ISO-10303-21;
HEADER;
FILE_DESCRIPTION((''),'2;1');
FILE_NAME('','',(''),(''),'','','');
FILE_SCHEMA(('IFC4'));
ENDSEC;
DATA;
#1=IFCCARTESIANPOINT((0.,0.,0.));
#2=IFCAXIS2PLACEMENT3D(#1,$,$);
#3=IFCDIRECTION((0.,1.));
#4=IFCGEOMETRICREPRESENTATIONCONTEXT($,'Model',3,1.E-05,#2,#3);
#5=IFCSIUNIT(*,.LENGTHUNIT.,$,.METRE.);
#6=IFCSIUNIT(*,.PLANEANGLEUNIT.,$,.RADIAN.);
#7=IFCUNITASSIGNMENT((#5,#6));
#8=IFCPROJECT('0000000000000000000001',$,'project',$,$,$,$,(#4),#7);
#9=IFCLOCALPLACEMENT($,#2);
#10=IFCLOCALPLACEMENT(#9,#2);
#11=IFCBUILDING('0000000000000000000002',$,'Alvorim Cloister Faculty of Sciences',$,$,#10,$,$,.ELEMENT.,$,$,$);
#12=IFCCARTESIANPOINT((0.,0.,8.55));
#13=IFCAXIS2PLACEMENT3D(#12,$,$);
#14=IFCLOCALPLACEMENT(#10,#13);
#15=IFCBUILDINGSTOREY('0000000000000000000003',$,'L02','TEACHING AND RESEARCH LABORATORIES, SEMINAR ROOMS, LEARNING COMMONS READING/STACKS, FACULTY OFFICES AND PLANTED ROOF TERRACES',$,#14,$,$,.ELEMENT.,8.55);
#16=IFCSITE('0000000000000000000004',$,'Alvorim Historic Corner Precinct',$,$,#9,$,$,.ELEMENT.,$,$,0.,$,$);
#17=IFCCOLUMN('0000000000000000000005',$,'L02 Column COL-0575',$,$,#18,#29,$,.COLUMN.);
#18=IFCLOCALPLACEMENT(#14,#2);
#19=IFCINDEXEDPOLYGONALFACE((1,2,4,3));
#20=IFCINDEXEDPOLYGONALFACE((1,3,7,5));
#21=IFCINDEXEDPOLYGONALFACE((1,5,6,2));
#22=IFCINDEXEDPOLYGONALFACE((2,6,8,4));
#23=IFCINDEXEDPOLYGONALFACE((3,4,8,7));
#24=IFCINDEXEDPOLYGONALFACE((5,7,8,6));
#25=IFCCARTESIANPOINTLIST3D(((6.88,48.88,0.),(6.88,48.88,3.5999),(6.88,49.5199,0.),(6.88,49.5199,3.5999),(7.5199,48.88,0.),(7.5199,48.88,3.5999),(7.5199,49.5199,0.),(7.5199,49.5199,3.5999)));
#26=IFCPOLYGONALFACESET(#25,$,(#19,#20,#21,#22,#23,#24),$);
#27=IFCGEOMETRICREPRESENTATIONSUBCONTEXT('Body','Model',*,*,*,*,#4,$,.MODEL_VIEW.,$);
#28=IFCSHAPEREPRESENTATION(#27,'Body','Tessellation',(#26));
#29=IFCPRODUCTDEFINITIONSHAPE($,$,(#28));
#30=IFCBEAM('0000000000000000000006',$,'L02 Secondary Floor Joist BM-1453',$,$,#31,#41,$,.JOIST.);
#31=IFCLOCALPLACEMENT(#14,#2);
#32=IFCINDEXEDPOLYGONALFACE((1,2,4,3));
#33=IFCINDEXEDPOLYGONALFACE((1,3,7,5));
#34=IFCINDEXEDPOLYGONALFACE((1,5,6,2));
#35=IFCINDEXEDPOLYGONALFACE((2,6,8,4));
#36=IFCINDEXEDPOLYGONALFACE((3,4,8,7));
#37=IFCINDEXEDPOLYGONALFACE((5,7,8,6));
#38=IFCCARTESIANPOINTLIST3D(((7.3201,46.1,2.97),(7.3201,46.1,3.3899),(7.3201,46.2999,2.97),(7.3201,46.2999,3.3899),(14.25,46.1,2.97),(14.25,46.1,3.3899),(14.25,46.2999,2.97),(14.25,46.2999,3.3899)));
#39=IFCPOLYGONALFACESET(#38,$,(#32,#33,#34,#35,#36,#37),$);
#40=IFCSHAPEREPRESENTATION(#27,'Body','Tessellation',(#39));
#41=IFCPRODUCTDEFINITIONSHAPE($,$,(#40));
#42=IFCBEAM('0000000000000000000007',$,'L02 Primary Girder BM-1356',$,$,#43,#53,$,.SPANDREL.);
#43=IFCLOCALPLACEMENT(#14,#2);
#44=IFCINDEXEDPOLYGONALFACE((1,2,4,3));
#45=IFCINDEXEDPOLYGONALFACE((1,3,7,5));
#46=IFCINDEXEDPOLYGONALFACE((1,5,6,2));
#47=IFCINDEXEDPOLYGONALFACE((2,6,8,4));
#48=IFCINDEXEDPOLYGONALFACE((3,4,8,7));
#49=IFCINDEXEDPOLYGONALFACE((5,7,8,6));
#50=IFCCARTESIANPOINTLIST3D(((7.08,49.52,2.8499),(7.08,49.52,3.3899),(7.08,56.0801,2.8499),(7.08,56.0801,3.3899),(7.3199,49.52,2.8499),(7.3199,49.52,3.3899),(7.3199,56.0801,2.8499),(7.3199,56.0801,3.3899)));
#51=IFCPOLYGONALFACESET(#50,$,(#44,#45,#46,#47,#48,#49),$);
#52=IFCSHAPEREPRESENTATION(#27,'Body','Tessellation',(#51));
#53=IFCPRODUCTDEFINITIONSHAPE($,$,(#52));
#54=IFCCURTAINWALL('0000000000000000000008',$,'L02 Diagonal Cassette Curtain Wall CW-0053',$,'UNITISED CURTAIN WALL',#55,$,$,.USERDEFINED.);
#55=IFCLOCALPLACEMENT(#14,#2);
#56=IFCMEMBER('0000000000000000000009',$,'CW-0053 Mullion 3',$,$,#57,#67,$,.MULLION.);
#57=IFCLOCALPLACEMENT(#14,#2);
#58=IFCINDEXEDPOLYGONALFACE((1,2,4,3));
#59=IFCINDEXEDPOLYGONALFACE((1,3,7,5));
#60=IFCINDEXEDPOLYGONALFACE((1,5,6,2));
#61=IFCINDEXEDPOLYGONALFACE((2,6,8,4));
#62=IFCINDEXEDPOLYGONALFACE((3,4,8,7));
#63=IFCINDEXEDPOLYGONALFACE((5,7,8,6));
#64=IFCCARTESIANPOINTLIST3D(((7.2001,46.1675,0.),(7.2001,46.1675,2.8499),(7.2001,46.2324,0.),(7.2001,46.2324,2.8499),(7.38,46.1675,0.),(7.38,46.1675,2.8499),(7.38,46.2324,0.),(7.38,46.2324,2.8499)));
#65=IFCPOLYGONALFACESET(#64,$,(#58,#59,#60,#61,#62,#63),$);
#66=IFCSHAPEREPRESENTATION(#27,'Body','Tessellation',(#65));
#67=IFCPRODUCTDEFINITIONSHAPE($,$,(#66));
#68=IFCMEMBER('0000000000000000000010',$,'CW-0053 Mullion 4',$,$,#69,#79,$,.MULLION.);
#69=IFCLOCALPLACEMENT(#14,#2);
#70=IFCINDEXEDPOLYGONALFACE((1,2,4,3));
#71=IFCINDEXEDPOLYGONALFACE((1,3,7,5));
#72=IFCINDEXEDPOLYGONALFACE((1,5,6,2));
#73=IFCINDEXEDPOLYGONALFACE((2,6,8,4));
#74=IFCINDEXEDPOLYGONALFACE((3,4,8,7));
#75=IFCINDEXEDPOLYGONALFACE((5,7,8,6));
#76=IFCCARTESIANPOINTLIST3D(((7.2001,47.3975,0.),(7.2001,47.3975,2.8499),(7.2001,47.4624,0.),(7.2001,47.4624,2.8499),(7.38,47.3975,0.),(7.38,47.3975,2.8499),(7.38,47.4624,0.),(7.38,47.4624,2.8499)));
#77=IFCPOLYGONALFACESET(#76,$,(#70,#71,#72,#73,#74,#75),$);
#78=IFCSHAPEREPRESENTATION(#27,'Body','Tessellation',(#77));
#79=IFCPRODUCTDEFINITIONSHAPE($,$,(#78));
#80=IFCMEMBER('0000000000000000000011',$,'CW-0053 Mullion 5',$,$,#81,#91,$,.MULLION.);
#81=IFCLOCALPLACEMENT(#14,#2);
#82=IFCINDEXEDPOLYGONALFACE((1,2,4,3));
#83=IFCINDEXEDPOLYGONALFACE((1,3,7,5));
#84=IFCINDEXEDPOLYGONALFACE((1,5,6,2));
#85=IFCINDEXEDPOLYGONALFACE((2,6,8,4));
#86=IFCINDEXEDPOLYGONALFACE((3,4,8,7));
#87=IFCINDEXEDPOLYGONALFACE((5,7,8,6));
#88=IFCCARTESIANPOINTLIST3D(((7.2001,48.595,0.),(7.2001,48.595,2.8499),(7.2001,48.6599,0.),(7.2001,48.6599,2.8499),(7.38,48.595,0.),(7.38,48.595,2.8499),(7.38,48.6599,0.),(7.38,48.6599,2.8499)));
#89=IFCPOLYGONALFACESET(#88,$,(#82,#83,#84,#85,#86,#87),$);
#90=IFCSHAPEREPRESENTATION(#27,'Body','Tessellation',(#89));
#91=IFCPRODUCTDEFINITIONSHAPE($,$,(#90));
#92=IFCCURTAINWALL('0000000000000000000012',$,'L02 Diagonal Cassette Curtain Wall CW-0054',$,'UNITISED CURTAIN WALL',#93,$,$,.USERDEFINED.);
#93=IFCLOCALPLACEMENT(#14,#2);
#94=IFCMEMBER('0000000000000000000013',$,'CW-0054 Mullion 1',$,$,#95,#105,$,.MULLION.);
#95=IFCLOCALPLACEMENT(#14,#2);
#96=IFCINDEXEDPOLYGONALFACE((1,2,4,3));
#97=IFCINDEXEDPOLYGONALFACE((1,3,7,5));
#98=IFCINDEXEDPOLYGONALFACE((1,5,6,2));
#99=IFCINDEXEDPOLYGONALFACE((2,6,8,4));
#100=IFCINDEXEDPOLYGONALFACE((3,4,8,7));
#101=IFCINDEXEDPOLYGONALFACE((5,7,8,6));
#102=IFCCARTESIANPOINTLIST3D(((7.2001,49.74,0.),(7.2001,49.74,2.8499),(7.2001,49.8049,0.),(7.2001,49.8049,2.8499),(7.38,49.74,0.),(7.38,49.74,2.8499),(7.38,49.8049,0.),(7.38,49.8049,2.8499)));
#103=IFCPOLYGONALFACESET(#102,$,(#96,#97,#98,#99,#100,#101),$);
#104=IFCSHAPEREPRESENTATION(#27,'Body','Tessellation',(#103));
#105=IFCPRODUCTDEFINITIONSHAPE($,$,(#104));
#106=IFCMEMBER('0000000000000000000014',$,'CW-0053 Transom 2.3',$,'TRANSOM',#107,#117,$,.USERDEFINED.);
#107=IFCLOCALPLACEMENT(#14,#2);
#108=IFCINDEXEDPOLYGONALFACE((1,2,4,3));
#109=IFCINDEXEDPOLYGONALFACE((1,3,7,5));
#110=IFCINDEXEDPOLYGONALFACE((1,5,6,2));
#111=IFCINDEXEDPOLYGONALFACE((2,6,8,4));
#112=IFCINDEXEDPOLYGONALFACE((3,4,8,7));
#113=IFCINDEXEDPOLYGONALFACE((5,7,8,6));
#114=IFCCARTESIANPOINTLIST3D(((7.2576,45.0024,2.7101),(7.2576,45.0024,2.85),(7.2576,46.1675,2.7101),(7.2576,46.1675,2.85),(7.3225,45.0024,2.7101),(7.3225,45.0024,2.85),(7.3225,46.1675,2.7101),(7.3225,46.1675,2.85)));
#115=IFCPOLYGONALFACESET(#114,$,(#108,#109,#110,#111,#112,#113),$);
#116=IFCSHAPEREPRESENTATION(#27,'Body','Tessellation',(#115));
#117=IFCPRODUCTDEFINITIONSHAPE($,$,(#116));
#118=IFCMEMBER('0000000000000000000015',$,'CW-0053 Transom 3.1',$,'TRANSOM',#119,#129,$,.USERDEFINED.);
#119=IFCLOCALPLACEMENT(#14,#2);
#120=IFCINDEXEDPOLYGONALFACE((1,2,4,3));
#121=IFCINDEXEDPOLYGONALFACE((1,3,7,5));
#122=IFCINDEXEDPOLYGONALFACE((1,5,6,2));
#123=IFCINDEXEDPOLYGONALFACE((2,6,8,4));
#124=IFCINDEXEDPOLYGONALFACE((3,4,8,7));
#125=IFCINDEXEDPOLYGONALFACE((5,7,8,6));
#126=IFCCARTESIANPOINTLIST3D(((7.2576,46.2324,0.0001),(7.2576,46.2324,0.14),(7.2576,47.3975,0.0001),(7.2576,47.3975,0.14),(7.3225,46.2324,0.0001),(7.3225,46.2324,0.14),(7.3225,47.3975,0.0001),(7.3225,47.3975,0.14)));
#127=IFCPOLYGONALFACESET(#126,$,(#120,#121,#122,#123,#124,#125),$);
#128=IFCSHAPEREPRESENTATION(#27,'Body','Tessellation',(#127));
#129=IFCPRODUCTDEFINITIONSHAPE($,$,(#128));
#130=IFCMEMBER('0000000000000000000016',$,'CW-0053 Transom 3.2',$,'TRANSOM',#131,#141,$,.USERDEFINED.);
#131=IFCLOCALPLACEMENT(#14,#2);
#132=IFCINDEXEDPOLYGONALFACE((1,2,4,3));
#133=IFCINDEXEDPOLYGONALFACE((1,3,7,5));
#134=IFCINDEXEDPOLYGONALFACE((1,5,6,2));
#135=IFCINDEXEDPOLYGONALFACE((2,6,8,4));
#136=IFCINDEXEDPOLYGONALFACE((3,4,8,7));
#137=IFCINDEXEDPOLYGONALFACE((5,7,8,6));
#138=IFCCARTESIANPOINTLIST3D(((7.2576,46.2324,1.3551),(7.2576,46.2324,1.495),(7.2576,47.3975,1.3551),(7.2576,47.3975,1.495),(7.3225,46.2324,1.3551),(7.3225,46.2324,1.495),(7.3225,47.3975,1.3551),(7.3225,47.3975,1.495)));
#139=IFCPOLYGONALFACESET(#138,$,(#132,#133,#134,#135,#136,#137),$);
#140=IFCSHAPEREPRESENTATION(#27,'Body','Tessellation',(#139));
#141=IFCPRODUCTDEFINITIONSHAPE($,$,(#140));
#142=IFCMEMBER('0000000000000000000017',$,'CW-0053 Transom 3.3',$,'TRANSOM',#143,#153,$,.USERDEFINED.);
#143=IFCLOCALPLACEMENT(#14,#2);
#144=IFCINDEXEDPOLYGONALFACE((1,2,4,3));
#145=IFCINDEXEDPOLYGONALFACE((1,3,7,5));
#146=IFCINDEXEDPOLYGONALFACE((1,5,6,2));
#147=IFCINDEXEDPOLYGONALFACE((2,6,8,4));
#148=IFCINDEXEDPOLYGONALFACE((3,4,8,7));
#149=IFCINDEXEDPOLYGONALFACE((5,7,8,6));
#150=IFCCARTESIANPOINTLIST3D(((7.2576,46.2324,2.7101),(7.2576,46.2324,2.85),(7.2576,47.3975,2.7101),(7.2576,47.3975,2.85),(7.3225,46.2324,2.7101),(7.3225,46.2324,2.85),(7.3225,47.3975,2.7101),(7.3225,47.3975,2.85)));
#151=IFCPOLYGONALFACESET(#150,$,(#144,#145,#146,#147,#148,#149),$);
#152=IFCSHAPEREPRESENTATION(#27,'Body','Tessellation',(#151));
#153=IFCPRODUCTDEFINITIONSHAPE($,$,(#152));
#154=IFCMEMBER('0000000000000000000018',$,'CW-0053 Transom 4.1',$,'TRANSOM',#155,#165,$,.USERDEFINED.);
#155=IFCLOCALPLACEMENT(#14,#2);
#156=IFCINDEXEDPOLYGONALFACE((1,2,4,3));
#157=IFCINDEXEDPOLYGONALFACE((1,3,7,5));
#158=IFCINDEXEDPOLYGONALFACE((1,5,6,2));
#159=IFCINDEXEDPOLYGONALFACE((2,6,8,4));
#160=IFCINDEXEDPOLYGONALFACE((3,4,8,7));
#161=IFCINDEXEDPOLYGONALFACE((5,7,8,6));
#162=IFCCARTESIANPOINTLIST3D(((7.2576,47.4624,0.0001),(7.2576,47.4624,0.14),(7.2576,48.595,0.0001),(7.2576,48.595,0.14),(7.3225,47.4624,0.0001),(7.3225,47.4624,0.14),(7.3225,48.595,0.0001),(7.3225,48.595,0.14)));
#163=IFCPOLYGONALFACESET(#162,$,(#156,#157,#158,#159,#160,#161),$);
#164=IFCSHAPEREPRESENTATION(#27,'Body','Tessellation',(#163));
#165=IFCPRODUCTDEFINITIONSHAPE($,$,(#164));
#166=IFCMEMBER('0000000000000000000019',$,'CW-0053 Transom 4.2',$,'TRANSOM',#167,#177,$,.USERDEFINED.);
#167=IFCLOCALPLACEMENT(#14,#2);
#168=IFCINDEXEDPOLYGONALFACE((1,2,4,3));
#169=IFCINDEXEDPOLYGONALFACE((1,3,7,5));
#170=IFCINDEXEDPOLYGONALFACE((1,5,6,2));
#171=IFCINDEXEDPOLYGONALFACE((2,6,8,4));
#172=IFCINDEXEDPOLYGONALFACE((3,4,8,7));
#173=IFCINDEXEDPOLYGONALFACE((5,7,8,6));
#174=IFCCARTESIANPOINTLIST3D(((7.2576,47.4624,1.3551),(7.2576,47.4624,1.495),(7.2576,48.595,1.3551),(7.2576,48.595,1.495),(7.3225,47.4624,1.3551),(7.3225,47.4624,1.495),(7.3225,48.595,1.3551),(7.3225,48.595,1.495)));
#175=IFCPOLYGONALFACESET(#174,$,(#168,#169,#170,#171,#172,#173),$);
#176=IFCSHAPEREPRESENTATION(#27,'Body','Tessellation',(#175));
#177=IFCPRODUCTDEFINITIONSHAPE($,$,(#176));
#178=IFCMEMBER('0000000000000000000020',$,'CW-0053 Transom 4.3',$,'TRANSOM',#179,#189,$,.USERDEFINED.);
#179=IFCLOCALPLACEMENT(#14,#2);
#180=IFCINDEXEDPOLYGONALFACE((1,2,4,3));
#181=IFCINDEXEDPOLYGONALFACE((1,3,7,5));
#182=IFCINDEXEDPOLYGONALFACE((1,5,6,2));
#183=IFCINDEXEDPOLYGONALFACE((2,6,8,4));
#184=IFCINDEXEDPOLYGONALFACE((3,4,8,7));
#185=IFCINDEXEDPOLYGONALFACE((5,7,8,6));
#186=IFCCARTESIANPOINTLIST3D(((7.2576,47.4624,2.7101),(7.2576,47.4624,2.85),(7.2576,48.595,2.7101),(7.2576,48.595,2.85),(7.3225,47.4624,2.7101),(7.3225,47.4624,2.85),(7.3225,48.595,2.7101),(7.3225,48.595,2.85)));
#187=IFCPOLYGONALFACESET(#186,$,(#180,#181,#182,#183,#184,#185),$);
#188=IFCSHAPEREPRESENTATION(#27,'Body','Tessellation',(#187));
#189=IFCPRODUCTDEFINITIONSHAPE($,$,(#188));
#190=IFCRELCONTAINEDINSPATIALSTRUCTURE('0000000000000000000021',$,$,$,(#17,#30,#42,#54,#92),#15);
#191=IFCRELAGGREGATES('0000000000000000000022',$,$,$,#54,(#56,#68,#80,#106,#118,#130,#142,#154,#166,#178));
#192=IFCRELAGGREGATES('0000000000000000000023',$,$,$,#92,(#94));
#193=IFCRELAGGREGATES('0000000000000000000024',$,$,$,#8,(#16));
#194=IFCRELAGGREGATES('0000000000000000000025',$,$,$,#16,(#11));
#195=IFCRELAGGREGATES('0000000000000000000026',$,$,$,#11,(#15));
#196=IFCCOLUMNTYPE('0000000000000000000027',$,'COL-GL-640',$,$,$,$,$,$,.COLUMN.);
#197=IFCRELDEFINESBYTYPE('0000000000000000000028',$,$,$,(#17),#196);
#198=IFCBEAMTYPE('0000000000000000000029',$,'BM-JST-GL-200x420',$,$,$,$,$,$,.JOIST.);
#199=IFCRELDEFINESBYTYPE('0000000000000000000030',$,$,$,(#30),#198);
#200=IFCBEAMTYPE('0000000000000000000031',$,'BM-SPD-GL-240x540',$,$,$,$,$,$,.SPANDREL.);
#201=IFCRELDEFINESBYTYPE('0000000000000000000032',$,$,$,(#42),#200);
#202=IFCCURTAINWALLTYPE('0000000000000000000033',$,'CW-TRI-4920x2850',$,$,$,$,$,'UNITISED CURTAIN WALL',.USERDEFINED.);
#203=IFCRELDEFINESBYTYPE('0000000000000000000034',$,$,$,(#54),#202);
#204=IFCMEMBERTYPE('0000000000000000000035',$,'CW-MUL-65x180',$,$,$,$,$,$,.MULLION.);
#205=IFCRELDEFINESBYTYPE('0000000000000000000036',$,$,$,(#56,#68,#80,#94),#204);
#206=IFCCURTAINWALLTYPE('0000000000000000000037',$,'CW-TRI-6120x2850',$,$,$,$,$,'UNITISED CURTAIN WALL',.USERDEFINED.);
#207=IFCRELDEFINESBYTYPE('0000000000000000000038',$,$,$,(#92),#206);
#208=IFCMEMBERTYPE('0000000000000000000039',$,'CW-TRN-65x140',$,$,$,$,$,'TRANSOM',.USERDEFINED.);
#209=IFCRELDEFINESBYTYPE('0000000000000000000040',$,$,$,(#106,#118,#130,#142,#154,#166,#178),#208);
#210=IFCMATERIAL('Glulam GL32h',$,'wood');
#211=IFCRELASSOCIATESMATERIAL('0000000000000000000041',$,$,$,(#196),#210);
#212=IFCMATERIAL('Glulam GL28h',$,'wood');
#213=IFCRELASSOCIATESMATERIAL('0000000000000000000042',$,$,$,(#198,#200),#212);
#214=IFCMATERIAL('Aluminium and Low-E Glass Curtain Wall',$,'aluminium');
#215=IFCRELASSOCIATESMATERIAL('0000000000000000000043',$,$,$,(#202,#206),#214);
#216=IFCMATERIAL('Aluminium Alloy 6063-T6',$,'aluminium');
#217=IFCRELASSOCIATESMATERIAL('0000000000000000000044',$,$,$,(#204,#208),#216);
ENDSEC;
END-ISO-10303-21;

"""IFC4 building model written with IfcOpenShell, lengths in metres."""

from ifc_helpers import new_model, si_unit, direction, frame, origin, origin_2d, place, context, subcontext, project, spatial, rectangle, extrude, material, material_profile, profile_set, type_object, element, aggregate, save


model = new_model("IFC4")

# Units and contexts
model_context = context("Model", 3, precision=1e-05, world=origin(), true_north=direction((0.0, 1.0)))
body_context = subcontext(model_context, "Body", "Model", "MODEL_VIEW")
ifc_project = project(units=[si_unit("LENGTHUNIT", "METRE"), si_unit("PLANEANGLEUNIT", "RADIAN")], contexts=[model_context])

# Site, building, storey
site_placement = place(None, origin())
site = spatial("IfcSite", under=ifc_project, at=site_placement, Name="Alvorim Historic Corner Precinct", CompositionType="ELEMENT", RefElevation=0.0)
building_placement = place(site_placement, origin())
building = spatial("IfcBuilding", under=site, at=building_placement, Name="Alvorim Cloister Faculty of Sciences", CompositionType="ELEMENT")
storey_placement = place(building_placement, frame((0.0, 0.0, 8.55)))
storey = spatial("IfcBuildingStorey", under=building, at=storey_placement, Name="L02", Description="TEACHING AND RESEARCH LABORATORIES, SEMINAR ROOMS, LEARNING COMMONS READING/STACKS, FACULTY OFFICES AND PLANTED ROOF TERRACES", CompositionType="ELEMENT", Elevation=8.55)

# Column
ifc_material_1 = material(Name="Glulam GL32h", Category="wood")
ifc_material_profile_1 = material_profile(ifc_material_1, rectangle(XDim=0.6399, YDim=0.6399, at=origin_2d()), Name="GL32-COL-640x640")
ifc_profile_set_1 = profile_set([ifc_material_profile_1], Name="Glulam GL32h")
column_type = type_object("IfcColumnType", Name="COL-GL-640", PredefinedType="COLUMN", material=ifc_profile_set_1)
column_placement = place(storey_placement, frame((7.2, 49.2, 0.0), z_axis=(0.0, 0.0, 1.0), x_axis=(1.0, 0.0, 0.0)))
element("IfcColumn", 1, at=column_placement, inside=storey, type_object=column_type, Name="L02 Column COL-0575", PredefinedType="COLUMN", context=body_context, shape_type="SweptSolid", body=[
    extrude(rectangle(XDim=0.6399, YDim=0.6399, at=origin_2d()), origin(), (0.0, 0.0, 1.0), 3.5999),
])

# Beams
ifc_material_2 = material(Name="Glulam GL28h", Category="wood")
ifc_material_profile_2 = material_profile(ifc_material_2, rectangle(XDim=0.2, YDim=0.4199, at=origin_2d()), Name="GL28-JST-200x420")
ifc_profile_set_2 = profile_set([ifc_material_profile_2], Name="Glulam GL28h")
beam_type_1 = type_object("IfcBeamType", Name="BM-JST-GL-200x420", PredefinedType="JOIST", material=ifc_profile_set_2)
beam_1_placement = place(storey_placement, frame((7.3201, 46.2, 3.1799), z_axis=(1.0, 0.0, 0.0), x_axis=(0.0, 1.0, 0.0)))
element("IfcBeam", 2, at=beam_1_placement, inside=storey, type_object=beam_type_1, Name="L02 Secondary Floor Joist BM-1453", PredefinedType="JOIST", context=body_context, shape_type="SweptSolid", body=[
    extrude(rectangle(XDim=0.2, YDim=0.4199, at=origin_2d()), origin(), (0.0, 0.0, 1.0), 6.9299),
])
ifc_material_profile_3 = material_profile(ifc_material_2, rectangle(XDim=0.24, YDim=0.54, at=origin_2d()), Name="GL28-SPD-240x540")
ifc_profile_set_3 = profile_set([ifc_material_profile_3], Name="Glulam GL28h")
beam_type_2 = type_object("IfcBeamType", Name="BM-SPD-GL-240x540", PredefinedType="SPANDREL", material=ifc_profile_set_3)
beam_2_placement = place(storey_placement, frame((7.2, 49.52, 3.1199), z_axis=(0.0, 1.0, 0.0), x_axis=(-1.0, 0.0, 0.0)))
element("IfcBeam", 3, at=beam_2_placement, inside=storey, type_object=beam_type_2, Name="L02 Primary Girder BM-1356", PredefinedType="SPANDREL", context=body_context, shape_type="SweptSolid", body=[
    extrude(rectangle(XDim=0.24, YDim=0.54, at=origin_2d()), origin(), (0.0, 0.0, 1.0), 6.5601),
])

# Curtain wall, members
ifc_material_3 = material(Name="Aluminium and Low-E Glass Curtain Wall", Category="aluminium")
curtain_wall_type_1 = type_object("IfcCurtainWallType", Name="CW-TRI-4920x2850", ElementType="UNITISED CURTAIN WALL", PredefinedType="USERDEFINED", material=ifc_material_3)
curtain_wall_1_placement = place(storey_placement, origin())
curtain_wall_1 = element("IfcCurtainWall", 4, at=curtain_wall_1_placement, inside=storey, type_object=curtain_wall_type_1, Name="L02 Diagonal Cassette Curtain Wall CW-0053", ObjectType="UNITISED CURTAIN WALL", PredefinedType="USERDEFINED")
ifc_material_4 = material(Name="Aluminium Alloy 6063-T6", Category="aluminium")
ifc_material_profile_4 = material_profile(ifc_material_4, rectangle(XDim=0.0649, YDim=0.1799, at=origin_2d()), Name="ALU-MUL-65x180")
ifc_profile_set_4 = profile_set([ifc_material_profile_4], Name="Aluminium Alloy 6063-T6")
member_type_1 = type_object("IfcMemberType", Name="CW-MUL-65x180", PredefinedType="MULLION", material=ifc_profile_set_4)
member_1_placement = place(storey_placement, frame((7.29, 46.2, 0.0), z_axis=(0.0, 0.0, 1.0), x_axis=(0.0, 1.0, 0.0)))
member_1 = element("IfcMember", 5, at=member_1_placement, type_object=member_type_1, Name="CW-0053 Mullion 3", PredefinedType="MULLION", context=body_context, shape_type="SweptSolid", body=[
    extrude(rectangle(XDim=0.0649, YDim=0.1799, at=origin_2d()), origin(), (0.0, 0.0, 1.0), 2.8499),
])
member_2_placement = place(storey_placement, frame((7.29, 47.4299, 0.0), z_axis=(0.0, 0.0, 1.0), x_axis=(0.0, 1.0, 0.0)))
member_2 = element("IfcMember", 6, at=member_2_placement, type_object=member_type_1, Name="CW-0053 Mullion 4", PredefinedType="MULLION", context=body_context, shape_type="SweptSolid", body=[
    extrude(rectangle(XDim=0.0649, YDim=0.1799, at=origin_2d()), origin(), (0.0, 0.0, 1.0), 2.8499),
])
member_3_placement = place(storey_placement, frame((7.29, 48.6274, 0.0), z_axis=(0.0, 0.0, 1.0), x_axis=(0.0, 1.0, 0.0)))
member_3 = element("IfcMember", 7, at=member_3_placement, type_object=member_type_1, Name="CW-0053 Mullion 5", PredefinedType="MULLION", context=body_context, shape_type="SweptSolid", body=[
    extrude(rectangle(XDim=0.0649, YDim=0.1799, at=origin_2d()), origin(), (0.0, 0.0, 1.0), 2.8499),
])

# Curtain wall, member
curtain_wall_type_2 = type_object("IfcCurtainWallType", Name="CW-TRI-6120x2850", ElementType="UNITISED CURTAIN WALL", PredefinedType="USERDEFINED", material=ifc_material_3)
curtain_wall_2_placement = place(storey_placement, origin())
curtain_wall_2 = element("IfcCurtainWall", 8, at=curtain_wall_2_placement, inside=storey, type_object=curtain_wall_type_2, Name="L02 Diagonal Cassette Curtain Wall CW-0054", ObjectType="UNITISED CURTAIN WALL", PredefinedType="USERDEFINED")
member_4_placement = place(storey_placement, frame((7.29, 49.7725, 0.0), z_axis=(0.0, 0.0, 1.0), x_axis=(0.0, 1.0, 0.0)))
member_4 = element("IfcMember", 9, at=member_4_placement, type_object=member_type_1, Name="CW-0054 Mullion 1", PredefinedType="MULLION", context=body_context, shape_type="SweptSolid", body=[
    extrude(rectangle(XDim=0.0649, YDim=0.1799, at=origin_2d()), origin(), (0.0, 0.0, 1.0), 2.8499),
])

# Members
ifc_material_profile_5 = material_profile(ifc_material_4, rectangle(XDim=0.0649, YDim=0.1399, at=origin_2d()), Name="ALU-TRN-65x140")
ifc_profile_set_5 = profile_set([ifc_material_profile_5], Name="Aluminium Alloy 6063-T6")
member_type_2 = type_object("IfcMemberType", Name="CW-TRN-65x140", ElementType="TRANSOM", PredefinedType="USERDEFINED", material=ifc_profile_set_5)
member_5_placement = place(storey_placement, frame((7.29, 45.0024, 2.78), z_axis=(0.0, 1.0, 0.0), x_axis=(-1.0, 0.0, 0.0)))
member_5 = element("IfcMember", 10, at=member_5_placement, type_object=member_type_2, Name="CW-0053 Transom 2.3", ObjectType="TRANSOM", PredefinedType="USERDEFINED", context=body_context, shape_type="SweptSolid", body=[
    extrude(rectangle(XDim=0.0649, YDim=0.1399, at=origin_2d()), origin(), (0.0, 0.0, 1.0), 1.165),
])
member_6_placement = place(storey_placement, frame((7.29, 46.2324, 0.0701), z_axis=(0.0, 1.0, 0.0), x_axis=(-1.0, 0.0, 0.0)))
member_6 = element("IfcMember", 11, at=member_6_placement, type_object=member_type_2, Name="CW-0053 Transom 3.1", ObjectType="TRANSOM", PredefinedType="USERDEFINED", context=body_context, shape_type="SweptSolid", body=[
    extrude(rectangle(XDim=0.0649, YDim=0.1399, at=origin_2d()), origin(), (0.0, 0.0, 1.0), 1.165),
])
member_7_placement = place(storey_placement, frame((7.29, 46.2324, 1.425), z_axis=(0.0, 1.0, 0.0), x_axis=(-1.0, 0.0, 0.0)))
member_7 = element("IfcMember", 12, at=member_7_placement, type_object=member_type_2, Name="CW-0053 Transom 3.2", ObjectType="TRANSOM", PredefinedType="USERDEFINED", context=body_context, shape_type="SweptSolid", body=[
    extrude(rectangle(XDim=0.0649, YDim=0.1399, at=origin_2d()), origin(), (0.0, 0.0, 1.0), 1.165),
])
member_8_placement = place(storey_placement, frame((7.29, 46.2324, 2.78), z_axis=(0.0, 1.0, 0.0), x_axis=(-1.0, 0.0, 0.0)))
member_8 = element("IfcMember", 13, at=member_8_placement, type_object=member_type_2, Name="CW-0053 Transom 3.3", ObjectType="TRANSOM", PredefinedType="USERDEFINED", context=body_context, shape_type="SweptSolid", body=[
    extrude(rectangle(XDim=0.0649, YDim=0.1399, at=origin_2d()), origin(), (0.0, 0.0, 1.0), 1.165),
])
member_9_placement = place(storey_placement, frame((7.29, 47.4624, 0.0701), z_axis=(0.0, 1.0, 0.0), x_axis=(-1.0, 0.0, 0.0)))
member_9 = element("IfcMember", 14, at=member_9_placement, type_object=member_type_2, Name="CW-0053 Transom 4.1", ObjectType="TRANSOM", PredefinedType="USERDEFINED", context=body_context, shape_type="SweptSolid", body=[
    extrude(rectangle(XDim=0.0649, YDim=0.1399, at=origin_2d()), origin(), (0.0, 0.0, 1.0), 1.1326),
])
member_10_placement = place(storey_placement, frame((7.29, 47.4624, 1.425), z_axis=(0.0, 1.0, 0.0), x_axis=(-1.0, 0.0, 0.0)))
member_10 = element("IfcMember", 15, at=member_10_placement, type_object=member_type_2, Name="CW-0053 Transom 4.2", ObjectType="TRANSOM", PredefinedType="USERDEFINED", context=body_context, shape_type="SweptSolid", body=[
    extrude(rectangle(XDim=0.0649, YDim=0.1399, at=origin_2d()), origin(), (0.0, 0.0, 1.0), 1.1326),
])
member_11_placement = place(storey_placement, frame((7.29, 47.4624, 2.78), z_axis=(0.0, 1.0, 0.0), x_axis=(-1.0, 0.0, 0.0)))
member_11 = element("IfcMember", 16, at=member_11_placement, type_object=member_type_2, Name="CW-0053 Transom 4.3", ObjectType="TRANSOM", PredefinedType="USERDEFINED", context=body_context, shape_type="SweptSolid", body=[
    extrude(rectangle(XDim=0.0649, YDim=0.1399, at=origin_2d()), origin(), (0.0, 0.0, 1.0), 1.1326),
])

aggregate(curtain_wall_1, [member_1, member_2, member_3, member_5, member_6, member_7, member_8, member_9, member_10, member_11])
aggregate(curtain_wall_2, [member_4])

save(model, "model.ifc")
